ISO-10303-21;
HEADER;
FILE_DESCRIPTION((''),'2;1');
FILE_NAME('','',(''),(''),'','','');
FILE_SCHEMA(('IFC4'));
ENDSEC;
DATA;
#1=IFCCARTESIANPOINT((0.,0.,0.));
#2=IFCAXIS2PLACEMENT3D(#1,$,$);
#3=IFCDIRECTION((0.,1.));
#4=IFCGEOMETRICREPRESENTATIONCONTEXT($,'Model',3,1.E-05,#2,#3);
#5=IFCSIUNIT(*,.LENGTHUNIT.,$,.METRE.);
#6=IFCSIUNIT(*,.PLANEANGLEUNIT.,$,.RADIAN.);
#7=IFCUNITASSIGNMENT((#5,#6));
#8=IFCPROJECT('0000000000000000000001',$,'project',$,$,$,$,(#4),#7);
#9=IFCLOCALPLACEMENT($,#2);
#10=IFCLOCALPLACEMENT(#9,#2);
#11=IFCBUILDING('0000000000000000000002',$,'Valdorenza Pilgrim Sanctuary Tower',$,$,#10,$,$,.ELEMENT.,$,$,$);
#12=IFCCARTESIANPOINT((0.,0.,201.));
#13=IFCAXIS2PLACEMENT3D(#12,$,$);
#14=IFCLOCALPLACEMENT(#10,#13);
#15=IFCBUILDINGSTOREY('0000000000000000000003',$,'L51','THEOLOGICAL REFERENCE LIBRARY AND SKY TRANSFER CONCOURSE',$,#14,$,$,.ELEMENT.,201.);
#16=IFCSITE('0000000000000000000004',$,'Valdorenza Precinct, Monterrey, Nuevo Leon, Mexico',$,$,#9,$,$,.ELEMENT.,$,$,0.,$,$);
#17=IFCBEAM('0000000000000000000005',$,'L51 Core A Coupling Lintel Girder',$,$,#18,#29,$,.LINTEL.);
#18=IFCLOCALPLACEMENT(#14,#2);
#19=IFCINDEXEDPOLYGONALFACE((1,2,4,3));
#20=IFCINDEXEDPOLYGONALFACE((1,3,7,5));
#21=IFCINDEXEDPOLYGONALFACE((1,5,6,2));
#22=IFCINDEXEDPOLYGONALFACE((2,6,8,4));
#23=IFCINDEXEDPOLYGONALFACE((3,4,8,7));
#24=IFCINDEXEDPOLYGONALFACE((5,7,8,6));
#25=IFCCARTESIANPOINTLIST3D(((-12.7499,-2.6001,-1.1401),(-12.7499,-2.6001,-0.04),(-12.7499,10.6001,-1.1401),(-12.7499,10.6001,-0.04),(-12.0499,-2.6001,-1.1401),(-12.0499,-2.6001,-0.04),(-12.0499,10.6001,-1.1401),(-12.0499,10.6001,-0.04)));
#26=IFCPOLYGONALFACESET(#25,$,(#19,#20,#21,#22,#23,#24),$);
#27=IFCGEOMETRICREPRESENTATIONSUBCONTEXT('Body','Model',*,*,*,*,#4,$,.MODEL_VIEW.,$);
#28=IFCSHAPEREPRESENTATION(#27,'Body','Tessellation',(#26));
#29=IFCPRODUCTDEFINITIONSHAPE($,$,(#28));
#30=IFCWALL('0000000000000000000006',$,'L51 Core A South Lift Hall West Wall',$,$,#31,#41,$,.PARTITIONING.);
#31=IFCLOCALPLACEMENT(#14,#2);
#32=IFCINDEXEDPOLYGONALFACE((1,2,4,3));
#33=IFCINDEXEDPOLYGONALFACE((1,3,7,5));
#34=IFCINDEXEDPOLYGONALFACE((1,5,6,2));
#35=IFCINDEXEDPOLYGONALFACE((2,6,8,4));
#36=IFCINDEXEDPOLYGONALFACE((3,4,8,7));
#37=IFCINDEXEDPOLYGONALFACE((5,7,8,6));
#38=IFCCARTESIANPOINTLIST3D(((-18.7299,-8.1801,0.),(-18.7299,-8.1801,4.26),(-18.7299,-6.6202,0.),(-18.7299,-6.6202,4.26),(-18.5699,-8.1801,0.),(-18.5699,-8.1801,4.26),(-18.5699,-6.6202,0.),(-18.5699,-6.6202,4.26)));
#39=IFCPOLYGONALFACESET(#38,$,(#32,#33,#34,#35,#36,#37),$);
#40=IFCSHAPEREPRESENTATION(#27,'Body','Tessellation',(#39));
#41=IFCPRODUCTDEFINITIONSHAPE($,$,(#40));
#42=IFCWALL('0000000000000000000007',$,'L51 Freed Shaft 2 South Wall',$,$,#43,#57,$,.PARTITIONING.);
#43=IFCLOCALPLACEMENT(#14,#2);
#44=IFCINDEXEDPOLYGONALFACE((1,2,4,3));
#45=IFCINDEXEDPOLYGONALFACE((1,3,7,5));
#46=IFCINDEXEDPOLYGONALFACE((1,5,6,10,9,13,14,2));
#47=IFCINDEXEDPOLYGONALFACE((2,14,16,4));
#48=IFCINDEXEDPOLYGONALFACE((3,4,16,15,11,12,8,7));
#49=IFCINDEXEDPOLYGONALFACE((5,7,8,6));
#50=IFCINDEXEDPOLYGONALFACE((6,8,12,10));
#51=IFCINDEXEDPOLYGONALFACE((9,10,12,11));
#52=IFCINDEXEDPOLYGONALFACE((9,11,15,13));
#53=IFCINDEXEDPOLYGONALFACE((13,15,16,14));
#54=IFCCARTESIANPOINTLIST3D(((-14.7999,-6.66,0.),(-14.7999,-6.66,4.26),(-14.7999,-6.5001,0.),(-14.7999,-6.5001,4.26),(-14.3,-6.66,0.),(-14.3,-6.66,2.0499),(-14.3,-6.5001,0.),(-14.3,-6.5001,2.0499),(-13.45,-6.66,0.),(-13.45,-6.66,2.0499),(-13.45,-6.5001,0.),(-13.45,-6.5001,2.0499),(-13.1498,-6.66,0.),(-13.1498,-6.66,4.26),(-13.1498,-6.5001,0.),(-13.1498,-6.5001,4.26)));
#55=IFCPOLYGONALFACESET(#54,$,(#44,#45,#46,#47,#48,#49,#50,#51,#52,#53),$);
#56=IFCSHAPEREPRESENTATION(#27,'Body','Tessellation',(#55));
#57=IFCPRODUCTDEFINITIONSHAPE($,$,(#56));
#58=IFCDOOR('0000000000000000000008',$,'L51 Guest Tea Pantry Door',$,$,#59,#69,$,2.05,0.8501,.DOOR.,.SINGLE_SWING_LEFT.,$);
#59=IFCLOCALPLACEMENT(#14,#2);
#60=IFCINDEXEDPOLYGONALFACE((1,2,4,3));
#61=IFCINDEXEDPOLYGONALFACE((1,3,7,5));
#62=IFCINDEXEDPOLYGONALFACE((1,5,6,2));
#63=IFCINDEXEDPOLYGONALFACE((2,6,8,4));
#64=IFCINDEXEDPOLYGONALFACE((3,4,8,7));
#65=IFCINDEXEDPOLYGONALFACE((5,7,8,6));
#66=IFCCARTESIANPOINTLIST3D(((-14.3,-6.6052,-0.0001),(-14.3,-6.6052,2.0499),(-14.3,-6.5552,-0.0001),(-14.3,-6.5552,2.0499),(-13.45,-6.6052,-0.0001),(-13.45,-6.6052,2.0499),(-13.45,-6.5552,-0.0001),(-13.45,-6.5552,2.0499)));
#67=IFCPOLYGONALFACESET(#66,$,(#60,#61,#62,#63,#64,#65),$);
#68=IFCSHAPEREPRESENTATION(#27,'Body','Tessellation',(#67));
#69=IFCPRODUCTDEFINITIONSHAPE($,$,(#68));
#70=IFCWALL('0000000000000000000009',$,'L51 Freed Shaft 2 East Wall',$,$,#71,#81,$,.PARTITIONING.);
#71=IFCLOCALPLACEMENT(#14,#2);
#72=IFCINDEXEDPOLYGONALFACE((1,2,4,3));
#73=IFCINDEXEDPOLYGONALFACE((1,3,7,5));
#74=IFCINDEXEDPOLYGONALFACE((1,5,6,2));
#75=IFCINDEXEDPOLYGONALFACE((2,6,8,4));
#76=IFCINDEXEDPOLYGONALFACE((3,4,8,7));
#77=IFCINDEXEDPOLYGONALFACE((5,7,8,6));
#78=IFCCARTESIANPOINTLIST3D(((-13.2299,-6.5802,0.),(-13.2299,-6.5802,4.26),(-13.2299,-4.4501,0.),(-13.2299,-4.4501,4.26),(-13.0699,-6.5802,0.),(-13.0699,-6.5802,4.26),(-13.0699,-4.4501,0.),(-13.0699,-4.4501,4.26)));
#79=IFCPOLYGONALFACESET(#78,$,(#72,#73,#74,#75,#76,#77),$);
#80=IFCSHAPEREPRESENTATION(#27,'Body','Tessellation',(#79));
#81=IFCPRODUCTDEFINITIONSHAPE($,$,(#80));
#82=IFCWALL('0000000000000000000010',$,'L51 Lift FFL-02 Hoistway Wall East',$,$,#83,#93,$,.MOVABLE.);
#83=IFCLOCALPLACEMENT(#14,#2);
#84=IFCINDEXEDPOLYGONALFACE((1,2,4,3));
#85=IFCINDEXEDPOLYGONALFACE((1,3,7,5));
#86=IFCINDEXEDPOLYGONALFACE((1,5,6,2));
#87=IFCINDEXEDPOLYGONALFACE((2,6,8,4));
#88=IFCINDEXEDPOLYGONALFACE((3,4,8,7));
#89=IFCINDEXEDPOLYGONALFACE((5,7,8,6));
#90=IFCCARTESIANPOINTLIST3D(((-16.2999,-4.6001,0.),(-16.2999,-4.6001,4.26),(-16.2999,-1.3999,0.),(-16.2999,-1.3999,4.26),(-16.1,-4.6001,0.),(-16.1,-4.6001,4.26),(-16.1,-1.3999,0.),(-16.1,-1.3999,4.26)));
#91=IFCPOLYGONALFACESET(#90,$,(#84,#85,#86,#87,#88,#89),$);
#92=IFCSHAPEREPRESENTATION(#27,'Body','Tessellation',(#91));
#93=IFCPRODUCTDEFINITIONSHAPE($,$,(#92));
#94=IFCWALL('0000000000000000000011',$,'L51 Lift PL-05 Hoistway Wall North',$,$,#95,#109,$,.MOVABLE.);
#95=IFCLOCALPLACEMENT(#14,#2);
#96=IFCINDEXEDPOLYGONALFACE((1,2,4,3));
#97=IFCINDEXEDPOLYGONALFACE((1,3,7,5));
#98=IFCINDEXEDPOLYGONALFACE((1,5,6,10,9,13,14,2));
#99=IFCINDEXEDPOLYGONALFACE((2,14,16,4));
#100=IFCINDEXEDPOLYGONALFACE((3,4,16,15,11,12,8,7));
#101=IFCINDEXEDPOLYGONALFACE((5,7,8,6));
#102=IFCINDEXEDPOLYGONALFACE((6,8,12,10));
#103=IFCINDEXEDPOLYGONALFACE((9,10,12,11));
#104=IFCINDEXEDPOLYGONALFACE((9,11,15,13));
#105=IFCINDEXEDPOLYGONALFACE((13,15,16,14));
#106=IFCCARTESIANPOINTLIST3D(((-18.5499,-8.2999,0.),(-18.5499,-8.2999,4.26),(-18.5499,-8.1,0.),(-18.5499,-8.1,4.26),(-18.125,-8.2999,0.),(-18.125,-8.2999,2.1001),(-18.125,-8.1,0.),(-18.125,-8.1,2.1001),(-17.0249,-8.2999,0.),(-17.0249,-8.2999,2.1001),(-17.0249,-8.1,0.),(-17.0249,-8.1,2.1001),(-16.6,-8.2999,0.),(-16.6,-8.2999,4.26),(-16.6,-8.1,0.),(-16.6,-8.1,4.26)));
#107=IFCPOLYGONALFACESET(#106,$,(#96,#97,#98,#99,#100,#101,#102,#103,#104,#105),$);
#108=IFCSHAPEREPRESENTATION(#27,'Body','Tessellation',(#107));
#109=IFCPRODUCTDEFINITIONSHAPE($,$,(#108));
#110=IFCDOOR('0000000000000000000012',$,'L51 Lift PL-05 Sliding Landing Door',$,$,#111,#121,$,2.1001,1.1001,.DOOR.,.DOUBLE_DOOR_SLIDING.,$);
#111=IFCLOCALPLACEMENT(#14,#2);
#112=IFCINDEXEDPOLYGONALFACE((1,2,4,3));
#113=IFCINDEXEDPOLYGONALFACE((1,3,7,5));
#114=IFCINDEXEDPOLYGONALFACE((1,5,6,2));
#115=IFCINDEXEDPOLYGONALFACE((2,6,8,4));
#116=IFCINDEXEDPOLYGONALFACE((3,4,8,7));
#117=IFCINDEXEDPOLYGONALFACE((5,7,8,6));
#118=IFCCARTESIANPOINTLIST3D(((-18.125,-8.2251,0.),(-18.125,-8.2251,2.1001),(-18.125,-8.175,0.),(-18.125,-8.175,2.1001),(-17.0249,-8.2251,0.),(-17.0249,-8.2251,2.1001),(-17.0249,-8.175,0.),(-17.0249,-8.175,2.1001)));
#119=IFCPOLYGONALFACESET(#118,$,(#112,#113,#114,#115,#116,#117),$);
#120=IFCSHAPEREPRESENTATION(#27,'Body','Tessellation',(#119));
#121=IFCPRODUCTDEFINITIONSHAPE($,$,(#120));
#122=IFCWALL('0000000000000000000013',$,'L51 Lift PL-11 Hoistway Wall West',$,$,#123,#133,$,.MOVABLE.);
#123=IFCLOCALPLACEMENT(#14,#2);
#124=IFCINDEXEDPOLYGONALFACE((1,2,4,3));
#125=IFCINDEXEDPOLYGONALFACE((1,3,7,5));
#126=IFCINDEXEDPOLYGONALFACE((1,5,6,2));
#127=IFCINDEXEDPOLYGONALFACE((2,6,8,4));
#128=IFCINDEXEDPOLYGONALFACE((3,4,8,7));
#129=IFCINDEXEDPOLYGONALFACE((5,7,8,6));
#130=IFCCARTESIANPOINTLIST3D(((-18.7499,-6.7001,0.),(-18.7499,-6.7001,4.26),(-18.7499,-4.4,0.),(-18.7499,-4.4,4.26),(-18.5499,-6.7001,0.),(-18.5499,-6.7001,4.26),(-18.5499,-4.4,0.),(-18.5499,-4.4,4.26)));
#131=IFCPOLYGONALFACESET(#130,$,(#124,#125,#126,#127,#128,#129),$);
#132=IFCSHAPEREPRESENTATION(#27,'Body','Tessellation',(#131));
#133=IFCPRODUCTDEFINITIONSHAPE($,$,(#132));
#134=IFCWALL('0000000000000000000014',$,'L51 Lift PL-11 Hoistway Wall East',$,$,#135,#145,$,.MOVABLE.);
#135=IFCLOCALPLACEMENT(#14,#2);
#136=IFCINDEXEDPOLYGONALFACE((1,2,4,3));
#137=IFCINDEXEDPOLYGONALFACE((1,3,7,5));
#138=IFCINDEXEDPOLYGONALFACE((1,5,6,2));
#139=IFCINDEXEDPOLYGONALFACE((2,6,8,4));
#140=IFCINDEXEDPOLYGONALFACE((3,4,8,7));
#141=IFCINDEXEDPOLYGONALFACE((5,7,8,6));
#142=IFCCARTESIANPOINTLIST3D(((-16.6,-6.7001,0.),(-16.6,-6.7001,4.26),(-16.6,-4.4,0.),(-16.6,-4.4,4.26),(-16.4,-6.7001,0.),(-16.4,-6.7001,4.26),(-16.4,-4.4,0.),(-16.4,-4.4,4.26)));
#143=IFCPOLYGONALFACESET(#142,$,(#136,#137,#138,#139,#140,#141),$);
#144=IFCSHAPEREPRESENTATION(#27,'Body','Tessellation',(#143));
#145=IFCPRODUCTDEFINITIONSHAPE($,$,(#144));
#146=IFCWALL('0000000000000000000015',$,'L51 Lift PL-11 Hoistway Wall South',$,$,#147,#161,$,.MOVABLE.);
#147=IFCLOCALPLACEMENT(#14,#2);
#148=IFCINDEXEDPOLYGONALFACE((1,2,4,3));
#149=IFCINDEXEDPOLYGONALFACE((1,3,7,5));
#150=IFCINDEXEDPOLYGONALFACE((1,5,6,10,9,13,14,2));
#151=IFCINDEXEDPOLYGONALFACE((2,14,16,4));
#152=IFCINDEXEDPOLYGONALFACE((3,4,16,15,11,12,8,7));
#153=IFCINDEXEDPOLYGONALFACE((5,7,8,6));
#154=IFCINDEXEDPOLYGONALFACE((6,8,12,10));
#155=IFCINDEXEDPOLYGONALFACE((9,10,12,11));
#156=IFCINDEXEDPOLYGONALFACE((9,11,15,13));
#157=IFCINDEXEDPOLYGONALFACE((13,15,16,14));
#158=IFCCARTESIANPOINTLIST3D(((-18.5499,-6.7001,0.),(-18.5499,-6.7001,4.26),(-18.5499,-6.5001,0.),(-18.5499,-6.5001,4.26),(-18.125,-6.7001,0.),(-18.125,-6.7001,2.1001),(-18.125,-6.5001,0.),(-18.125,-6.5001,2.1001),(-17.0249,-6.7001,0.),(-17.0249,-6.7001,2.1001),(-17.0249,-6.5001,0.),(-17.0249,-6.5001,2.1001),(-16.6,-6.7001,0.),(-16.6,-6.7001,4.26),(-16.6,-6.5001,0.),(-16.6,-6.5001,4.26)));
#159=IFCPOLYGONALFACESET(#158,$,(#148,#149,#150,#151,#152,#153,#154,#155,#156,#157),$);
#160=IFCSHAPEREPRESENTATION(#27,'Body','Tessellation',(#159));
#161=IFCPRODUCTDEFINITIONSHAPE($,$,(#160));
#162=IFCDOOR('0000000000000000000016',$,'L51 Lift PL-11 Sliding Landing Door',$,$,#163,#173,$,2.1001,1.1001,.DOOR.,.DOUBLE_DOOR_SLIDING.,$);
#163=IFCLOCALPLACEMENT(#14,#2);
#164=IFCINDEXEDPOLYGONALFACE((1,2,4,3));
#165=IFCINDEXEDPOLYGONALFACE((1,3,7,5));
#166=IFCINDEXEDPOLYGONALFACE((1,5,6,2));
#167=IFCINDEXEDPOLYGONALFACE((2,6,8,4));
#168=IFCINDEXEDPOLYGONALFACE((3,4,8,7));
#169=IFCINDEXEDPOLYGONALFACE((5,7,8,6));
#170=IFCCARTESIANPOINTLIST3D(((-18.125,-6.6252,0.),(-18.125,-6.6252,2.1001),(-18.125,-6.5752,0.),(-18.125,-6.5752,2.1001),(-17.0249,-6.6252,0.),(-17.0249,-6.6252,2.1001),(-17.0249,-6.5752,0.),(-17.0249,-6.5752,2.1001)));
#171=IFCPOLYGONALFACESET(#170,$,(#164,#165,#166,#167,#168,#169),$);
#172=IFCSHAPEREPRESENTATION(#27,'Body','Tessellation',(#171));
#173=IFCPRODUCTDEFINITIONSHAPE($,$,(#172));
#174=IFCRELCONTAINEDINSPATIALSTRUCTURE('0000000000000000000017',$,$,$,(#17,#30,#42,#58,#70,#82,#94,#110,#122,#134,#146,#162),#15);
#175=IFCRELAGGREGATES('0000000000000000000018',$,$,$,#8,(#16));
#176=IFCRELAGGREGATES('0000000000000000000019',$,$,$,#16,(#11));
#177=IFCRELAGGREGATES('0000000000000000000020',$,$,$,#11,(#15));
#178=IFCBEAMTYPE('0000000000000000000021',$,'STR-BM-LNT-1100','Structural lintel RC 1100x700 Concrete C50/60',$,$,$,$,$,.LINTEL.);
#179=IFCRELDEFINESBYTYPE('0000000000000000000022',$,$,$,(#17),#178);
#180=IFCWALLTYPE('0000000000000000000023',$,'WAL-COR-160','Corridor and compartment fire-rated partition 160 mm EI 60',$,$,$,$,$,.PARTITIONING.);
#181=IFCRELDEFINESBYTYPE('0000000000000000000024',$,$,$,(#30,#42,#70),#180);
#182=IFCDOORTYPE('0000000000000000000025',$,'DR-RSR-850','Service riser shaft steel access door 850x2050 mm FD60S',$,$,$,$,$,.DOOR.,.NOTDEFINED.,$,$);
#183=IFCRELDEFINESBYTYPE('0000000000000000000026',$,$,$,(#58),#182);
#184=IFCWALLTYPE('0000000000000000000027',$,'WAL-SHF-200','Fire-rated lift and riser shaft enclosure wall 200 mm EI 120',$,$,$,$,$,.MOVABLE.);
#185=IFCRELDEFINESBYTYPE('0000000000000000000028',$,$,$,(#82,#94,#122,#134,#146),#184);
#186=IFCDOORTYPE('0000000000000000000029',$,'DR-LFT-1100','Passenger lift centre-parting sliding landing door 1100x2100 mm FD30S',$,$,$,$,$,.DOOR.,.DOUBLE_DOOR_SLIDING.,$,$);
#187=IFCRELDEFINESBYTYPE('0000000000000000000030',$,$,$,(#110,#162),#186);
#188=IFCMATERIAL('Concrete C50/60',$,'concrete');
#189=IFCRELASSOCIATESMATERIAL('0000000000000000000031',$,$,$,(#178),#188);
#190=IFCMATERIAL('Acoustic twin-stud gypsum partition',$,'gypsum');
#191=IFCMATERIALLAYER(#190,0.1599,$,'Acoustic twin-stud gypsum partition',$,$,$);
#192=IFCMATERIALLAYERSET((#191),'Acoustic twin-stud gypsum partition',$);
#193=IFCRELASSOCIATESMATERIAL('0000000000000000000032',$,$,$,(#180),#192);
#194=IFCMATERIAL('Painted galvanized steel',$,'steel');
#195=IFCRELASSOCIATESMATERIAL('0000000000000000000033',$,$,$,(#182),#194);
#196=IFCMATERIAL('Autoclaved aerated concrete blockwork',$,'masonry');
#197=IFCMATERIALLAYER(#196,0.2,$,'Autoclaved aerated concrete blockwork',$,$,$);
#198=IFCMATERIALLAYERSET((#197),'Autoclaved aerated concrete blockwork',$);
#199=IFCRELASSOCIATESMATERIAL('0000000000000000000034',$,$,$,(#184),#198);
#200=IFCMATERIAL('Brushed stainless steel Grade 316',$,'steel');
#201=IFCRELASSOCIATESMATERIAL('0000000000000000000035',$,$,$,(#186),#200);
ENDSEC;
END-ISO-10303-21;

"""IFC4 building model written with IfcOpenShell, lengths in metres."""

from ifc_helpers import new_model, si_unit, direction, frame, frame_2d, origin, origin_2d, place, context, subcontext, project, spatial, rectangle, extrude, source, transform, mapped, material, layer, layer_set, material_profile, profile_set, type_object, element, fill, save


model = new_model("IFC4")

# Units and contexts
model_context = context("Model", 3, precision=1e-05, world=origin(), true_north=direction((0.0, 1.0)))
body_context = subcontext(model_context, "Body", "Model", "MODEL_VIEW")
ifc_project = project(units=[si_unit("LENGTHUNIT", "METRE"), si_unit("PLANEANGLEUNIT", "RADIAN")], contexts=[model_context])

# Site, building, storey
site_placement = place(None, origin())
site = spatial("IfcSite", under=ifc_project, at=site_placement, Name="Valdorenza Precinct, Monterrey, Nuevo Leon, Mexico", CompositionType="ELEMENT", RefElevation=0.0)
building_placement = place(site_placement, origin())
building = spatial("IfcBuilding", under=site, at=building_placement, Name="Valdorenza Pilgrim Sanctuary Tower", CompositionType="ELEMENT")
storey_placement = place(building_placement, frame((0.0, 0.0, 201.0)))
storey = spatial("IfcBuildingStorey", under=building, at=storey_placement, Name="L51", Description="THEOLOGICAL REFERENCE LIBRARY AND SKY TRANSFER CONCOURSE", CompositionType="ELEMENT", Elevation=201.0)

# Beam
ifc_material_1 = material(Name="Concrete C50/60", Category="concrete")
ifc_material_profile = material_profile(ifc_material_1, rectangle(XDim=0.7, YDim=1.1001, at=origin_2d()), Name="RC 1100x700")
ifc_profile_set = profile_set([ifc_material_profile], Name="Concrete C50/60")
beam_type = type_object("IfcBeamType", Name="STR-BM-LNT-1100", Description="Structural lintel RC 1100x700 Concrete C50/60", PredefinedType="LINTEL", material=ifc_profile_set)
shared_shape = source(origin(), body_context, "Body", "SweptSolid", [
    extrude(rectangle(XDim=0.7, YDim=1.1001, at=origin_2d()), origin(), (0.0, 0.0, 1.0), 13.2002),
])
beam_placement = place(storey_placement, frame((-12.3999, -2.6001, -0.5901), z_axis=(0.0, 1.0, 0.0), x_axis=(-1.0, 0.0, 0.0)))
element("IfcBeam", 1, at=beam_placement, inside=storey, type_object=beam_type, Name="L51 Core A Coupling Lintel Girder", PredefinedType="LINTEL", context=body_context, shape_type="MappedRepresentation", body=[
    mapped(shared_shape, transform((0.0, 0.0, 0.0), x_axis=(1.0, 0.0, 0.0), y_axis=(0.0, 1.0, 0.0), z_axis=(0.0, 0.0, 1.0), scale=1.0)),
])

# Wall
ifc_material_2 = material(Name="Acoustic twin-stud gypsum partition", Category="gypsum")
ifc_layer_1 = layer(ifc_material_2, 0.1599, Name="Acoustic twin-stud gypsum partition")
ifc_layer_set_1 = layer_set([ifc_layer_1], Name="Acoustic twin-stud gypsum partition")
wall_type_1 = type_object("IfcWallType", Name="WAL-COR-160", Description="Corridor and compartment fire-rated partition 160 mm EI 60", PredefinedType="PARTITIONING", material=ifc_layer_set_1)
wall_1_placement = place(storey_placement, frame((-18.6499, -8.1799, 0.0), z_axis=(0.0, 0.0, 1.0), x_axis=(0.0, 1.0, 0.0)))
element("IfcWall", 2, at=wall_1_placement, inside=storey, type_object=wall_type_1, Name="L51 Core A South Lift Hall West Wall", PredefinedType="PARTITIONING", context=body_context, shape_type="SweptSolid", body=[
    extrude(rectangle(XDim=1.5598, YDim=0.1599, at=frame_2d((0.7798, 0.0))), origin(), (0.0, 0.0, 1.0), 4.26),
])

# Wall, opening, door
wall_2_placement = place(storey_placement, frame((-14.8, -6.5801, 0.0), z_axis=(0.0, 0.0, 1.0), x_axis=(1.0, 0.0, 0.0)))
wall_2 = element("IfcWall", 3, at=wall_2_placement, inside=storey, type_object=wall_type_1, Name="L51 Freed Shaft 2 South Wall", PredefinedType="PARTITIONING", context=body_context, shape_type="SweptSolid", body=[
    extrude(rectangle(XDim=1.6501, YDim=0.1599, at=frame_2d((0.8252, 0.0))), origin(), (0.0, 0.0, 1.0), 4.26),
])
opening_1_placement = place(wall_2_placement, frame((0.5, 0.0, 0.0)))
opening_1 = element("IfcOpeningElement", 4, at=opening_1_placement, cuts=wall_2, PredefinedType="OPENING", context=body_context, shape_type="SweptSolid", body=[
    extrude(rectangle(XDim=0.8501, YDim=2.05, at=frame_2d((0.425, 1.0249))), frame((0.0, 0.0947, 0.0), z_axis=(0.0, -1.0, 0.0), x_axis=(1.0, 0.0, 0.0)), (0.0, 0.0, 1.0), 0.1897),
])
ifc_material_3 = material(Name="Painted galvanized steel", Category="steel")
door_type_1 = type_object("IfcDoorType", Name="DR-RSR-850", Description="Service riser shaft steel access door 850x2050 mm FD60S", OperationType="NOTDEFINED", PredefinedType="DOOR", material=ifc_material_3)
door_1_placement = place(opening_1_placement, origin())
door_1 = element("IfcDoor", 5, at=door_1_placement, inside=storey, type_object=door_type_1, Name="L51 Guest Tea Pantry Door", OperationType="SINGLE_SWING_LEFT", OverallHeight=2.05, OverallWidth=0.8501, PredefinedType="DOOR", context=body_context, shape_type="SweptSolid", body=[
    extrude(rectangle(XDim=0.8501, YDim=2.05, at=frame_2d((0.425, 1.0249))), frame((0.0, 0.0249, 0.0), z_axis=(0.0, -1.0, 0.0), x_axis=(1.0, 0.0, 0.0)), (0.0, 0.0, 1.0), 0.05),
])
fill(opening_1, door_1)

# Wall
wall_3_placement = place(storey_placement, frame((-13.1499, -6.5801, 0.0), z_axis=(0.0, 0.0, 1.0), x_axis=(0.0, 1.0, 0.0)))
element("IfcWall", 6, at=wall_3_placement, inside=storey, type_object=wall_type_1, Name="L51 Freed Shaft 2 East Wall", PredefinedType="PARTITIONING", context=body_context, shape_type="SweptSolid", body=[
    extrude(rectangle(XDim=2.1301, YDim=0.1599, at=frame_2d((1.0649, 0.0))), origin(), (0.0, 0.0, 1.0), 4.26),
])

# Wall
ifc_material_4 = material(Name="Autoclaved aerated concrete blockwork", Category="masonry")
ifc_layer_2 = layer(ifc_material_4, 0.2, Name="Autoclaved aerated concrete blockwork")
ifc_layer_set_2 = layer_set([ifc_layer_2], Name="Autoclaved aerated concrete blockwork")
wall_type_2 = type_object("IfcWallType", Name="WAL-SHF-200", Description="Fire-rated lift and riser shaft enclosure wall 200 mm EI 120", PredefinedType="MOVABLE", material=ifc_layer_set_2)
wall_4_placement = place(storey_placement, frame((-16.2, -4.6001, 0.0), z_axis=(0.0, 0.0, 1.0), x_axis=(0.0, 1.0, 0.0)))
element("IfcWall", 7, at=wall_4_placement, inside=storey, type_object=wall_type_2, Name="L51 Lift FFL-02 Hoistway Wall East", PredefinedType="MOVABLE", context=body_context, shape_type="SweptSolid", body=[
    extrude(rectangle(XDim=3.2002, YDim=0.2, at=frame_2d((1.6001, 0.0))), origin(), (0.0, 0.0, 1.0), 4.26),
])

# Wall, opening, door
wall_5_placement = place(storey_placement, frame((-18.55, -8.2, 0.0), z_axis=(0.0, 0.0, 1.0), x_axis=(1.0, 0.0, 0.0)))
wall_5 = element("IfcWall", 8, at=wall_5_placement, inside=storey, type_object=wall_type_2, Name="L51 Lift PL-05 Hoistway Wall North", PredefinedType="MOVABLE", context=body_context, shape_type="SweptSolid", body=[
    extrude(rectangle(XDim=1.95, YDim=0.2, at=frame_2d((0.9751, 0.0))), origin(), (0.0, 0.0, 1.0), 4.26),
])
opening_2_placement = place(wall_5_placement, frame((0.425, 0.0, 0.0)))
opening_2 = element("IfcOpeningElement", 9, at=opening_2_placement, cuts=wall_5, PredefinedType="OPENING", context=body_context, shape_type="SweptSolid", body=[
    extrude(rectangle(XDim=1.1001, YDim=2.1001, at=frame_2d((0.55, 1.05))), frame((0.0, 0.1147, 0.0), z_axis=(0.0, -1.0, 0.0), x_axis=(1.0, 0.0, 0.0)), (0.0, 0.0, 1.0), 0.2297),
])
ifc_material_5 = material(Name="Brushed stainless steel Grade 316", Category="steel")
door_type_2 = type_object("IfcDoorType", Name="DR-LFT-1100", Description="Passenger lift centre-parting sliding landing door 1100x2100 mm FD30S", OperationType="DOUBLE_DOOR_SLIDING", PredefinedType="DOOR", material=ifc_material_5)
door_2_placement = place(opening_2_placement, origin())
door_2 = element("IfcDoor", 10, at=door_2_placement, inside=storey, type_object=door_type_2, Name="L51 Lift PL-05 Sliding Landing Door", OperationType="DOUBLE_DOOR_SLIDING", OverallHeight=2.1001, OverallWidth=1.1001, PredefinedType="DOOR", context=body_context, shape_type="SweptSolid", body=[
    extrude(rectangle(XDim=1.1001, YDim=2.1001, at=frame_2d((0.55, 1.05))), frame((0.0, 0.0249, 0.0), z_axis=(0.0, -1.0, 0.0), x_axis=(1.0, 0.0, 0.0)), (0.0, 0.0, 1.0), 0.05),
])
fill(opening_2, door_2)

# Walls
for number, where, z_axis, x_axis, name in (
    (11, (-18.6499, -6.7, 0.0), (0.0, 0.0, 1.0), (0.0, 1.0, 0.0), "L51 Lift PL-11 Hoistway Wall West"),
    (12, (-16.5, -6.7, 0.0), (0.0, 0.0, 1.0), (0.0, 1.0, 0.0), "L51 Lift PL-11 Hoistway Wall East"),
):
    element("IfcWall", number, at=place(storey_placement, frame(where, z_axis=z_axis, x_axis=x_axis)), inside=storey, type_object=wall_type_2, Name=name, PredefinedType="MOVABLE", context=body_context, shape_type="SweptSolid", body=[
        extrude(rectangle(XDim=2.3, YDim=0.2, at=frame_2d((1.1499, 0.0))), origin(), (0.0, 0.0, 1.0), 4.26),
    ])

# Wall, opening, door
wall_6_placement = place(storey_placement, frame((-18.55, -6.6001, 0.0), z_axis=(0.0, 0.0, 1.0), x_axis=(1.0, 0.0, 0.0)))
wall_6 = element("IfcWall", 13, at=wall_6_placement, inside=storey, type_object=wall_type_2, Name="L51 Lift PL-11 Hoistway Wall South", PredefinedType="MOVABLE", context=body_context, shape_type="SweptSolid", body=[
    extrude(rectangle(XDim=1.95, YDim=0.2, at=frame_2d((0.9751, 0.0))), origin(), (0.0, 0.0, 1.0), 4.26),
])
opening_3_placement = place(wall_6_placement, frame((0.425, 0.0, 0.0)))
opening_3 = element("IfcOpeningElement", 14, at=opening_3_placement, cuts=wall_6, PredefinedType="OPENING", context=body_context, shape_type="SweptSolid", body=[
    extrude(rectangle(XDim=1.1001, YDim=2.1001, at=frame_2d((0.55, 1.05))), frame((0.0, 0.1147, 0.0), z_axis=(0.0, -1.0, 0.0), x_axis=(1.0, 0.0, 0.0)), (0.0, 0.0, 1.0), 0.2297),
])
door_3_placement = place(opening_3_placement, origin())
door_3 = element("IfcDoor", 15, at=door_3_placement, inside=storey, type_object=door_type_2, Name="L51 Lift PL-11 Sliding Landing Door", OperationType="DOUBLE_DOOR_SLIDING", OverallHeight=2.1001, OverallWidth=1.1001, PredefinedType="DOOR", context=body_context, shape_type="SweptSolid", body=[
    extrude(rectangle(XDim=1.1001, YDim=2.1001, at=frame_2d((0.55, 1.05))), frame((0.0, 0.0249, 0.0), z_axis=(0.0, -1.0, 0.0), x_axis=(1.0, 0.0, 0.0)), (0.0, 0.0, 1.0), 0.05),
])
fill(opening_3, door_3)

save(model, "model.ifc")
